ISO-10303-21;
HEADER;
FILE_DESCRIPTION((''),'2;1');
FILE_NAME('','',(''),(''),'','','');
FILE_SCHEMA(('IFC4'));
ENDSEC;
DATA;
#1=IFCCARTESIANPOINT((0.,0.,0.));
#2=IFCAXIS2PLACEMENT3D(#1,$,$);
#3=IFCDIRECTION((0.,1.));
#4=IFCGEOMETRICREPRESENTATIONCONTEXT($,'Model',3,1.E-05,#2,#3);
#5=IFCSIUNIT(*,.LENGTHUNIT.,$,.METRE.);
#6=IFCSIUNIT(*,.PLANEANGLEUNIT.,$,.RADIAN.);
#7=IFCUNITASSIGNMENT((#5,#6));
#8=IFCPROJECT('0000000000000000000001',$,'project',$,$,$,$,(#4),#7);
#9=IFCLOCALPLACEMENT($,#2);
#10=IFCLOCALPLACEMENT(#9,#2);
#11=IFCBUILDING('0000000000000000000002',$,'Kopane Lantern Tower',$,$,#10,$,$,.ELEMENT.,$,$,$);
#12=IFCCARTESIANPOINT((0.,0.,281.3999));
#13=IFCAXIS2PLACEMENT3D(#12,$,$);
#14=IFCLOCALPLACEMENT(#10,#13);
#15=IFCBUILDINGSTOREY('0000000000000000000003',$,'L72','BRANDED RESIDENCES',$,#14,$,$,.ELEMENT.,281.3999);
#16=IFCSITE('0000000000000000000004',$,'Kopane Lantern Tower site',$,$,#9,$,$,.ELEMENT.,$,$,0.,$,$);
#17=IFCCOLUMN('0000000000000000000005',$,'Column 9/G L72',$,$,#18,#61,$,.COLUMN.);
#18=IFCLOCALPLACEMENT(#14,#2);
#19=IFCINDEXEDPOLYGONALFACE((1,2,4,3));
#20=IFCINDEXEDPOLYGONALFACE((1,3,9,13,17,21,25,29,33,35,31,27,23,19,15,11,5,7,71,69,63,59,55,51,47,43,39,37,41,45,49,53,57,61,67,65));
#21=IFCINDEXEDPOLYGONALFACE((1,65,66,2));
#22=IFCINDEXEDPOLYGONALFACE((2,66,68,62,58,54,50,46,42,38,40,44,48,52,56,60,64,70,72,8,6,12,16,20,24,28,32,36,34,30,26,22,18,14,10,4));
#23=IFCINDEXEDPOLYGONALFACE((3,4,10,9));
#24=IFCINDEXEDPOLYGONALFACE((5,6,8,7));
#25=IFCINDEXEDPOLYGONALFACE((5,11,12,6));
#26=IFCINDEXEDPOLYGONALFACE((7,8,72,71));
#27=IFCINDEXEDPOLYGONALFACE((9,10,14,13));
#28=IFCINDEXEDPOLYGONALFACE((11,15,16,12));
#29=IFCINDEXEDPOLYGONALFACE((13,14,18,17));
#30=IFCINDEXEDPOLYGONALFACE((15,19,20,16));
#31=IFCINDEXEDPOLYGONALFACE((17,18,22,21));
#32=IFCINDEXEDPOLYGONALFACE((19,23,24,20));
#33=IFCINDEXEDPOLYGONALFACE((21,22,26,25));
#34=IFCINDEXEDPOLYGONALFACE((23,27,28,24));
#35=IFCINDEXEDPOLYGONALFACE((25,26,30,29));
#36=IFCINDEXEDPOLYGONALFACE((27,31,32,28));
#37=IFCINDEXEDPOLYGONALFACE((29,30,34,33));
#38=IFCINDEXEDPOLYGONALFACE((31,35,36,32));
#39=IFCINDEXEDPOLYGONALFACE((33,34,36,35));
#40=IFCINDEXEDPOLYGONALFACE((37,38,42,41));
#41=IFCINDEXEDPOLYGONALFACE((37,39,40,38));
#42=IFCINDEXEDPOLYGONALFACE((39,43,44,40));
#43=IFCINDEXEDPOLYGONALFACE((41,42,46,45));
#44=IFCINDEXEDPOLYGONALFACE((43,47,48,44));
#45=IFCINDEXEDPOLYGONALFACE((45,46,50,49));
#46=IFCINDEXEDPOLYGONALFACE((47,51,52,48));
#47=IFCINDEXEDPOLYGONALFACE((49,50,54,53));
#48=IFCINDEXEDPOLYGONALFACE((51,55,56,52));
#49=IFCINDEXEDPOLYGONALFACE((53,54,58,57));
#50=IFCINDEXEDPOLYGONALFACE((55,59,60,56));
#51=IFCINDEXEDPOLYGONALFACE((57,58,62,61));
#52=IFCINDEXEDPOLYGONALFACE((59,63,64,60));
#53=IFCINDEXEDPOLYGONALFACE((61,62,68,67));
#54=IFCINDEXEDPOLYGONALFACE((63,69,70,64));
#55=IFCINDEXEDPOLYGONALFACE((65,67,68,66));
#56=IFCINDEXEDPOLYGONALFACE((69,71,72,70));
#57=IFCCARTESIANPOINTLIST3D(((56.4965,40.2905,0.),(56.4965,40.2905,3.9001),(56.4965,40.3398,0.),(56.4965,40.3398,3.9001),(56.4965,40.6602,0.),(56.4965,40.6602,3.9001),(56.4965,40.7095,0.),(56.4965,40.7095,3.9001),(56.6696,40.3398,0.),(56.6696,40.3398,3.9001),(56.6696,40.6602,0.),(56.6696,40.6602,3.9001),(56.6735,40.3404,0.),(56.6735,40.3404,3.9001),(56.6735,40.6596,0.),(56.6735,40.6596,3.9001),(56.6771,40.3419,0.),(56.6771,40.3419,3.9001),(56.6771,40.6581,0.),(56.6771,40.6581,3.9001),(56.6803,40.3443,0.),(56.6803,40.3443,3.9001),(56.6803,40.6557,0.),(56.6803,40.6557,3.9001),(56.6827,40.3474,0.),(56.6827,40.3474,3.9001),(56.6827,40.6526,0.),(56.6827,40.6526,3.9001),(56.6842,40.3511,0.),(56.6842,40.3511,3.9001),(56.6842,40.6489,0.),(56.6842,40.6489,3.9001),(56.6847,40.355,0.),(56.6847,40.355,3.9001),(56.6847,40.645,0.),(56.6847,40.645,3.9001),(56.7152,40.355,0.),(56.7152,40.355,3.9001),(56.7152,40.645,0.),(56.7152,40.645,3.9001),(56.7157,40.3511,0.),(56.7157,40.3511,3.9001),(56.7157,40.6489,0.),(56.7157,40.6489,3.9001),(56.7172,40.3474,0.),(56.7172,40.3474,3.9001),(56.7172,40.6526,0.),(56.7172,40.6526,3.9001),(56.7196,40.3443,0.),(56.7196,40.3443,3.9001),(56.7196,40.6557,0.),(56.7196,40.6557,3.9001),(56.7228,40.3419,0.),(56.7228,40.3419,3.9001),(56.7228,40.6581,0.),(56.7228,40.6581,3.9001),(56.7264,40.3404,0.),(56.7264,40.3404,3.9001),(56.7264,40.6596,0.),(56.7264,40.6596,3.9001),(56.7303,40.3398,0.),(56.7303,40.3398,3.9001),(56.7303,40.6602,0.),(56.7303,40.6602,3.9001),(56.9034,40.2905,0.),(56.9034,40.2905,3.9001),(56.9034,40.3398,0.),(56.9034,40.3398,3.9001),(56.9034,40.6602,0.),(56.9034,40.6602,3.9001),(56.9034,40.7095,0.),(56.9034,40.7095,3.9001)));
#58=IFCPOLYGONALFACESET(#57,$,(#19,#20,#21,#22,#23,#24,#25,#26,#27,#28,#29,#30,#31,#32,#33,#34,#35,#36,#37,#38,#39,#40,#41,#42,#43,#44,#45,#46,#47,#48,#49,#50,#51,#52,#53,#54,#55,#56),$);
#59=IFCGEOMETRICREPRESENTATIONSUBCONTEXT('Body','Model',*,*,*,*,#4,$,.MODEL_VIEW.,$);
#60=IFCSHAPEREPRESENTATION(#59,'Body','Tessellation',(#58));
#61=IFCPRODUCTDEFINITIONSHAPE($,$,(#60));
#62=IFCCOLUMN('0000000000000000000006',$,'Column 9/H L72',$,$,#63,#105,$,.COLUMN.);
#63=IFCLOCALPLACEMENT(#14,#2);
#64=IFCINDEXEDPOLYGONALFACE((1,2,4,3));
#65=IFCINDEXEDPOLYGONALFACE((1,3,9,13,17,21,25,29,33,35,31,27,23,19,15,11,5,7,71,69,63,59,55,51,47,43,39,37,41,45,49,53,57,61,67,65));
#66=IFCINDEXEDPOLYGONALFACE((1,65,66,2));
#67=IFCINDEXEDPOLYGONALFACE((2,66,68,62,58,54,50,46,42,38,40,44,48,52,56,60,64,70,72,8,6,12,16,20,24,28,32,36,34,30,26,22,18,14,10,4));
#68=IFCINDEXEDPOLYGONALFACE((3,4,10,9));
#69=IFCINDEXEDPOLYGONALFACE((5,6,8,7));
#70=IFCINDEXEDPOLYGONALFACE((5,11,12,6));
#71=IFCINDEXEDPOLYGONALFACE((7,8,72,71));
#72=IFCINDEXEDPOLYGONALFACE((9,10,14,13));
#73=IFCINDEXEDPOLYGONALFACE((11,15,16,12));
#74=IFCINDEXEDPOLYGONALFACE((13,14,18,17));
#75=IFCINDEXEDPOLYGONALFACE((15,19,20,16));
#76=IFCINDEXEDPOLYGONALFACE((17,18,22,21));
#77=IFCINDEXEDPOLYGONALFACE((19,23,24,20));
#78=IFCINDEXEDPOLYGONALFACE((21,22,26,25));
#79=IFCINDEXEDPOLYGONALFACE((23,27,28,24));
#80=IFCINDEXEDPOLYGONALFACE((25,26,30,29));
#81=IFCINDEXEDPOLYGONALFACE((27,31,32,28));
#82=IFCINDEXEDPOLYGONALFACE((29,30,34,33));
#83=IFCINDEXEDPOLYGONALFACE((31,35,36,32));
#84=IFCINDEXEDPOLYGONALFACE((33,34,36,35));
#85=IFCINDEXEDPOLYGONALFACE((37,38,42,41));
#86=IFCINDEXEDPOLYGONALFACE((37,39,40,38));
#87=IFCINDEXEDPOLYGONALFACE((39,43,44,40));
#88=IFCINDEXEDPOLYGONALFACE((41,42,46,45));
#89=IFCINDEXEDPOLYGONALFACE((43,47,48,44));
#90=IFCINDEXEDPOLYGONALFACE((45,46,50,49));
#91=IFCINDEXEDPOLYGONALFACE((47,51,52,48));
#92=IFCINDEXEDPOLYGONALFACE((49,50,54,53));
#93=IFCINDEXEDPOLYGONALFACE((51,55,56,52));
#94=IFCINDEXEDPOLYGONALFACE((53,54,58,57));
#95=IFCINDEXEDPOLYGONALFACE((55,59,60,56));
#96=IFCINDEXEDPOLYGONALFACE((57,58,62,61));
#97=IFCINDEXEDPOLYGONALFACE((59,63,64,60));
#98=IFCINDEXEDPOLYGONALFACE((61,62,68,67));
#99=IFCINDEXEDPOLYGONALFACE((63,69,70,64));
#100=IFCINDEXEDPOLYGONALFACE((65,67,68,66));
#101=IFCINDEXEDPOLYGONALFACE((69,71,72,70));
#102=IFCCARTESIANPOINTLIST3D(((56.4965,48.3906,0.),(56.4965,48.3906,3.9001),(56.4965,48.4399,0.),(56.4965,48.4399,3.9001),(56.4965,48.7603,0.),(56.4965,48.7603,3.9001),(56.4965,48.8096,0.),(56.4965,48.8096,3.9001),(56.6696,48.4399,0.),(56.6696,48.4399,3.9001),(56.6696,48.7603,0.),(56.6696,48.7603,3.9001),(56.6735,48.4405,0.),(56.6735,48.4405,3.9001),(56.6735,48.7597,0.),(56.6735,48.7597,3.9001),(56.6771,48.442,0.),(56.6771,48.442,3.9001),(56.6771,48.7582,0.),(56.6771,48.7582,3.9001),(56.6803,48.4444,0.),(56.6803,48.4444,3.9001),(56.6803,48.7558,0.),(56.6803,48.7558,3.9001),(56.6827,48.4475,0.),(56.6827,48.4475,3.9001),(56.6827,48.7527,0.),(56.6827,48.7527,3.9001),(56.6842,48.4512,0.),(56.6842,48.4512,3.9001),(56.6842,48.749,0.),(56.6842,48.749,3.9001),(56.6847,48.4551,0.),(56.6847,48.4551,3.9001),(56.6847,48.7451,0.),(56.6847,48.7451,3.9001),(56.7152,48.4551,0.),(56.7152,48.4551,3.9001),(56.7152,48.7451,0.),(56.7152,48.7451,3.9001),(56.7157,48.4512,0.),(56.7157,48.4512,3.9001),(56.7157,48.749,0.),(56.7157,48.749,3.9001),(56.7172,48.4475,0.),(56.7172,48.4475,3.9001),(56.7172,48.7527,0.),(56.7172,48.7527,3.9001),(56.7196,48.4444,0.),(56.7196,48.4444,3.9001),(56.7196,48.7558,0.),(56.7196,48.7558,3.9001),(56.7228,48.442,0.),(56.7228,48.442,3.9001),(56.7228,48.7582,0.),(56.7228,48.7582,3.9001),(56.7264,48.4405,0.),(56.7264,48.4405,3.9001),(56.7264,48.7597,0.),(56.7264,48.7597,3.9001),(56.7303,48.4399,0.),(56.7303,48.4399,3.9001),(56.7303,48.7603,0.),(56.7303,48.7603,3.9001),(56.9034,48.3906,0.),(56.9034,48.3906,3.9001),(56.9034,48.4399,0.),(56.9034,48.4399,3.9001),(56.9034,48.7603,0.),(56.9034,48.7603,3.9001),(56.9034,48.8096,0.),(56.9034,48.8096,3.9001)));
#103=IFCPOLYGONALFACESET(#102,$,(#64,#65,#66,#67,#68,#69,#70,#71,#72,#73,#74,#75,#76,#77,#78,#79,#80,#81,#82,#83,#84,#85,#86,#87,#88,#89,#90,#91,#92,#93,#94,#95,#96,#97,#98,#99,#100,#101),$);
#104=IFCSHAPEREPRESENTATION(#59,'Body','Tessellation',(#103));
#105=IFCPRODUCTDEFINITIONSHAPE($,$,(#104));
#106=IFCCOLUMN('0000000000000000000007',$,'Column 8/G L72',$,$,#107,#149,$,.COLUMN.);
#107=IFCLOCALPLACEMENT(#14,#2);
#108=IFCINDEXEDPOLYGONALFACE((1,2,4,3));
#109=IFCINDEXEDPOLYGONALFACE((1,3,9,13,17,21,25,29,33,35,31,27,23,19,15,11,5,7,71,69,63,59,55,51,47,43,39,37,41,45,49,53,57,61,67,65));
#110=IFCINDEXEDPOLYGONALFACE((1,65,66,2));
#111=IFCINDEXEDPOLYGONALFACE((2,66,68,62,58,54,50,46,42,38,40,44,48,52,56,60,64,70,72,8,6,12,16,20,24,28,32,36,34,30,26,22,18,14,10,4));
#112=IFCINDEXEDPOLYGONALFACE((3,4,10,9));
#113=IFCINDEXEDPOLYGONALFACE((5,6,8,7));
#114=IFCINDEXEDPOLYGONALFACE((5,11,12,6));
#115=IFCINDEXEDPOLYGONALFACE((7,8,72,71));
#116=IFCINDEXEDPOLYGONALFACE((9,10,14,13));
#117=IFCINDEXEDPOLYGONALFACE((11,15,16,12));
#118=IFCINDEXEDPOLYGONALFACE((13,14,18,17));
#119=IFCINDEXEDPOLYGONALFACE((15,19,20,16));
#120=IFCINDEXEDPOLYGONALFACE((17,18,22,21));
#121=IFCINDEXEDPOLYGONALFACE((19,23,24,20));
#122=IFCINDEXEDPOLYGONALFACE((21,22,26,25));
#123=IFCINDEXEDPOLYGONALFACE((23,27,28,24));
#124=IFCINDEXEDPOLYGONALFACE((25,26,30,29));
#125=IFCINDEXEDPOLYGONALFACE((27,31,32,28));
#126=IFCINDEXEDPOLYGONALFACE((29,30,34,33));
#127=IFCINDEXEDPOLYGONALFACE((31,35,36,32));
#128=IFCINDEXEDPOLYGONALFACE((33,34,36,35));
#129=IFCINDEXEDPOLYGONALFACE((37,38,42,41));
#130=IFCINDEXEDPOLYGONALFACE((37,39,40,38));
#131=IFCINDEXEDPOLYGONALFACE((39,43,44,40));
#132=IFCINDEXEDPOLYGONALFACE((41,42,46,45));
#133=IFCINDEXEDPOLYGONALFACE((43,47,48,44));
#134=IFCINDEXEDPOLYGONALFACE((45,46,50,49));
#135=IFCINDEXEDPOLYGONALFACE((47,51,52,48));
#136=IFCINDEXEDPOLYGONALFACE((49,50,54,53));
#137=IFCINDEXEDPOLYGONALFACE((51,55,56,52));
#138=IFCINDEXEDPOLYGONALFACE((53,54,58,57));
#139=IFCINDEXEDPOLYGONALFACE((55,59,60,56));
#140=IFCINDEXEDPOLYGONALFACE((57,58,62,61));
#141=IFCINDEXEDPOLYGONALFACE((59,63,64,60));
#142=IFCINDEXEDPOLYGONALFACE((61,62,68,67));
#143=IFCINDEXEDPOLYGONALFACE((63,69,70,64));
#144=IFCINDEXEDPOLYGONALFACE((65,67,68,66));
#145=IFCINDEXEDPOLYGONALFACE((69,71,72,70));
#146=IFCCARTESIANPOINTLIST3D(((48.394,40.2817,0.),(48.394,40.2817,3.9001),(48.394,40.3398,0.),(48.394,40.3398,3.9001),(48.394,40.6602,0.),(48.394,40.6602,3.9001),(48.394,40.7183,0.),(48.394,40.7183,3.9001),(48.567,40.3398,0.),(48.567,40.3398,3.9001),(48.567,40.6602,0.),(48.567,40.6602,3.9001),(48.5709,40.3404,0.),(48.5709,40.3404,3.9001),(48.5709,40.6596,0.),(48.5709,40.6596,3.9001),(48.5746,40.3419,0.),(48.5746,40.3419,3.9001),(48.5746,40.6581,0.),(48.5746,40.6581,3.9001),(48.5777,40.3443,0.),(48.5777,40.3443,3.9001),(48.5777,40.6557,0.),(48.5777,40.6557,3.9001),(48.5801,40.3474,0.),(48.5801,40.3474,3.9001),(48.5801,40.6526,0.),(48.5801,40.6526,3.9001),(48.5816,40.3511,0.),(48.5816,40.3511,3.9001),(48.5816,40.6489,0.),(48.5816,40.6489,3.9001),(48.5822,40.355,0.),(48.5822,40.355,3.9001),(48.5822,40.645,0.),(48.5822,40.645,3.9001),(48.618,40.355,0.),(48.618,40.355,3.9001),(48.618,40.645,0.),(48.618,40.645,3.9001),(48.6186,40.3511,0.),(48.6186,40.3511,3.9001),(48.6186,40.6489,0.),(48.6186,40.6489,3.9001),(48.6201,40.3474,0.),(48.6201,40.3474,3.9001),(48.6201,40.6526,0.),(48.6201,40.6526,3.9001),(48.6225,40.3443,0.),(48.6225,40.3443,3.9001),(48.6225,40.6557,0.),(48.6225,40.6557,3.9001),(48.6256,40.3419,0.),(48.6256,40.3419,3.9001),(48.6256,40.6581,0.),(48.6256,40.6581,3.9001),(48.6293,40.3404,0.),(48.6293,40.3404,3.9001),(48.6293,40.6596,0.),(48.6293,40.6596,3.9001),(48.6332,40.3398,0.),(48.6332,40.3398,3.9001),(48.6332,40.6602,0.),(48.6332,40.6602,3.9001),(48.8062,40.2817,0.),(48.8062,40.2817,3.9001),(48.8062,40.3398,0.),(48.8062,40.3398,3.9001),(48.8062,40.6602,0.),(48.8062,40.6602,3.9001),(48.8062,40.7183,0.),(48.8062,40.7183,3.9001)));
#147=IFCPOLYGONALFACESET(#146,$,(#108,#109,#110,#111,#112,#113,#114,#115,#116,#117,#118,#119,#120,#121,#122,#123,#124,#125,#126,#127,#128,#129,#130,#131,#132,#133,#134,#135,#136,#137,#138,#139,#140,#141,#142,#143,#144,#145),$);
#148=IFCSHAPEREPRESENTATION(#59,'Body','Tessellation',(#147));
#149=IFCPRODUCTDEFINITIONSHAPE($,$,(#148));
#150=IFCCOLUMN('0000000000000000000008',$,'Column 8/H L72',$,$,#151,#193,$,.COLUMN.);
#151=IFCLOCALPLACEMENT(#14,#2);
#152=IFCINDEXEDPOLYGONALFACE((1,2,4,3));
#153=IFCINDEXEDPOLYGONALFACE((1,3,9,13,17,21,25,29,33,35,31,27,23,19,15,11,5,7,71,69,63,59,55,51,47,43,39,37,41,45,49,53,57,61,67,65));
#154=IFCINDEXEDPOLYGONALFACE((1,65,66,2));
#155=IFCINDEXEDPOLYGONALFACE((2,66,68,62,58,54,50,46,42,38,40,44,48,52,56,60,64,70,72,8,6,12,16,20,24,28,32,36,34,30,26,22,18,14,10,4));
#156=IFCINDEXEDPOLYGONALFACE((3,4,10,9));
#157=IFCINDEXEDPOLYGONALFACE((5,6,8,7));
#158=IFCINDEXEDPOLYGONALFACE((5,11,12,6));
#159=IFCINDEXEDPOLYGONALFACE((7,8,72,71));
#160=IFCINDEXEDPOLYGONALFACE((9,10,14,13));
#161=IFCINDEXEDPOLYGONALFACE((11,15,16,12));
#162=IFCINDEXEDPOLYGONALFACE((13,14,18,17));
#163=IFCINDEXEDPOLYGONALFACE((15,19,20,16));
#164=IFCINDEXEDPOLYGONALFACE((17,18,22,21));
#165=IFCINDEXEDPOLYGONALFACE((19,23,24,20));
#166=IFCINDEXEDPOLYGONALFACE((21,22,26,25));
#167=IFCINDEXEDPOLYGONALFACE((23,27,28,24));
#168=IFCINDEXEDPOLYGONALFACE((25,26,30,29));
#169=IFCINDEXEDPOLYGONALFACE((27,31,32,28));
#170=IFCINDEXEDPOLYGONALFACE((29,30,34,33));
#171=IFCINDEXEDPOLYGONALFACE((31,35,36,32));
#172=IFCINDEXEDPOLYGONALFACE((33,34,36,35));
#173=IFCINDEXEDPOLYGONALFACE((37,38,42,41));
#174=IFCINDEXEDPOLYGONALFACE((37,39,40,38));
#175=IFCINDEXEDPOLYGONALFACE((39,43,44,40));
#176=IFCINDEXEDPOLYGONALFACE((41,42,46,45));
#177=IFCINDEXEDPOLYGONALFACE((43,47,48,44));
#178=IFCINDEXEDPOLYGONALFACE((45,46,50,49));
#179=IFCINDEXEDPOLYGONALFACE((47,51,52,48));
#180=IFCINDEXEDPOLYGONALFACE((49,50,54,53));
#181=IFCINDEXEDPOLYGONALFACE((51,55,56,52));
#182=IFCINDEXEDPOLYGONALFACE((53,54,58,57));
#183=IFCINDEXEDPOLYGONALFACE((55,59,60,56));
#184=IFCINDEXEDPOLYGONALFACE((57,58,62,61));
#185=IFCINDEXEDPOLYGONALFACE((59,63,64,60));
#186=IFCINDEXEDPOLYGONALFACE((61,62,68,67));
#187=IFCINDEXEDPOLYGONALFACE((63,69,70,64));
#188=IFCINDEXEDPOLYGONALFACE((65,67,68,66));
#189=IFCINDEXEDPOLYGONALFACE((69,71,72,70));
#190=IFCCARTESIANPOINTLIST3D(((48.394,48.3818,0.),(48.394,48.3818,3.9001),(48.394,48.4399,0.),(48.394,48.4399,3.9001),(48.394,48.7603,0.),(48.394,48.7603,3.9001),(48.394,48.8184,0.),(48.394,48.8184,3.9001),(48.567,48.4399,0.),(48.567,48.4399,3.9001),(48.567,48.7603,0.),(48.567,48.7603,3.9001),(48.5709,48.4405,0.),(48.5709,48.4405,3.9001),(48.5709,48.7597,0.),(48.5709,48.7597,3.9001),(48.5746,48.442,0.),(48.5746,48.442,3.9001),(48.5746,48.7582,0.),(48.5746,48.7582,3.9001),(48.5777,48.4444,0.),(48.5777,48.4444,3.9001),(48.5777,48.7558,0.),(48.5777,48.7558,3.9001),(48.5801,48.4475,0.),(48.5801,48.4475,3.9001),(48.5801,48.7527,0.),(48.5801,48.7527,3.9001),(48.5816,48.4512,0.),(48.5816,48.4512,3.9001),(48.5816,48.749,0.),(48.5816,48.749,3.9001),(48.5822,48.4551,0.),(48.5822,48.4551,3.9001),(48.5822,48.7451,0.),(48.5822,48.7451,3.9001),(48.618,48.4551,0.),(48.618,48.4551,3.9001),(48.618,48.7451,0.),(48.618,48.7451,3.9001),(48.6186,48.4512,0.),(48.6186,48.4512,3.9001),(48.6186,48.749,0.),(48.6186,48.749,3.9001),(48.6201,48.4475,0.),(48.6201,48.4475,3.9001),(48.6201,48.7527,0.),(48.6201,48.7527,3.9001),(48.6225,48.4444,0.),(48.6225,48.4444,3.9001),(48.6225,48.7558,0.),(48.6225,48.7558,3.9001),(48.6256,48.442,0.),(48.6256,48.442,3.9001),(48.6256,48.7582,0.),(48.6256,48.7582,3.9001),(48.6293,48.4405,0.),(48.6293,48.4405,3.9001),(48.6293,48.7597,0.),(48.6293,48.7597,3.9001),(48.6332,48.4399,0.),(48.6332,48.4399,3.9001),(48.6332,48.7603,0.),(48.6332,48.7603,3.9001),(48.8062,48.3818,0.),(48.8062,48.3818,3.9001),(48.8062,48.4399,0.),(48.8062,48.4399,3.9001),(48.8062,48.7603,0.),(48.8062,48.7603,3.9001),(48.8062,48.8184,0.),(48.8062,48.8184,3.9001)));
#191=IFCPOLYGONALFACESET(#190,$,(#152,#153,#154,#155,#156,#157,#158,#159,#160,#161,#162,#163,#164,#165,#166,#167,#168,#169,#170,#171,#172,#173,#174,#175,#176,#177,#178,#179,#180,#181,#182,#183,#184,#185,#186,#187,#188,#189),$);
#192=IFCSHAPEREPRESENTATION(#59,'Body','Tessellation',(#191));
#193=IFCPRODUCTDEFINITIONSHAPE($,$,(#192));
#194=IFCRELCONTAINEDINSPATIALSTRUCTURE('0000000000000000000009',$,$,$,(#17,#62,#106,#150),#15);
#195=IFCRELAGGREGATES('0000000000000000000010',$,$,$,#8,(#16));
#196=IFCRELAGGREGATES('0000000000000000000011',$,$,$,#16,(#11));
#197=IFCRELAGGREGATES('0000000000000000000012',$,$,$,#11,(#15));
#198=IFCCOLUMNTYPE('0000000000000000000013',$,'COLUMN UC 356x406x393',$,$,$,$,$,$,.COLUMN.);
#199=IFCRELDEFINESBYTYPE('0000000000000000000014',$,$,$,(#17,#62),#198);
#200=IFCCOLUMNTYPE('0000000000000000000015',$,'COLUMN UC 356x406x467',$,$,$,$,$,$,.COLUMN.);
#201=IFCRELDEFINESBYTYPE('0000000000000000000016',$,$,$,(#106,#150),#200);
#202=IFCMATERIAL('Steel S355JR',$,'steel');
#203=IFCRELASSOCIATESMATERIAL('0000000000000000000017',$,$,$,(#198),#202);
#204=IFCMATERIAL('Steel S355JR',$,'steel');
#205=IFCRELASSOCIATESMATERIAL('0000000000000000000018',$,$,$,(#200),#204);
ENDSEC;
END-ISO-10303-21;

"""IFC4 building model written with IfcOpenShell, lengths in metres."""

from ifc_helpers import new_model, si_unit, direction, frame, origin, origin_2d, place, context, subcontext, project, spatial, i_section, extrude, material, material_profile, profile_set, type_object, element, save


model = new_model("IFC4")

# Units and contexts
model_context = context("Model", 3, precision=1e-05, world=origin(), true_north=direction((0.0, 1.0)))
body_context = subcontext(model_context, "Body", "Model", "MODEL_VIEW")
ifc_project = project(units=[si_unit("LENGTHUNIT", "METRE"), si_unit("PLANEANGLEUNIT", "RADIAN")], contexts=[model_context])

# Site, building, storey
site_placement = place(None, origin())
site = spatial("IfcSite", under=ifc_project, at=site_placement, Name="Kopane Lantern Tower site", CompositionType="ELEMENT", RefElevation=0.0)
building_placement = place(site_placement, origin())
building = spatial("IfcBuilding", under=site, at=building_placement, Name="Kopane Lantern Tower", CompositionType="ELEMENT")
storey_placement = place(building_placement, frame((0.0, 0.0, 281.3999)))
storey = spatial("IfcBuildingStorey", under=building, at=storey_placement, Name="L72", Description="BRANDED RESIDENCES", CompositionType="ELEMENT", Elevation=281.3999)

# Columns
ifc_material_1 = material(Name="Steel S355JR", Category="steel")
ifc_material_profile_1 = material_profile(ifc_material_1, i_section(OverallWidth=0.407, OverallDepth=0.4189, WebThickness=0.0305, FlangeThickness=0.0493, FilletRadius=0.0151, at=origin_2d()), Name="UC 356x406x393")
ifc_profile_set_1 = profile_set([ifc_material_profile_1], Name="Steel S355JR")
column_type_1 = type_object("IfcColumnType", Name="COLUMN UC 356x406x393", PredefinedType="COLUMN", material=ifc_profile_set_1)
for number, where, z_axis, x_axis, name in (
    (1, (56.7, 40.5, 0.0), (0.0, 0.0, 1.0), (1.0, 0.0, 0.0), "Column 9/G L72"),
    (2, (56.7, 48.6001, 0.0), (0.0, 0.0, 1.0), (1.0, 0.0, 0.0), "Column 9/H L72"),
):
    element("IfcColumn", number, at=place(storey_placement, frame(where, z_axis=z_axis, x_axis=x_axis)), inside=storey, type_object=column_type_1, Name=name, PredefinedType="COLUMN", context=body_context, shape_type="SweptSolid", body=[
        extrude(i_section(OverallWidth=0.407, OverallDepth=0.4189, WebThickness=0.0305, FlangeThickness=0.0493, FilletRadius=0.0151, at=origin_2d()), origin(), (0.0, 0.0, 1.0), 3.9001),
    ])
ifc_material_2 = material(Name="Steel S355JR", Category="steel")
ifc_material_profile_2 = material_profile(ifc_material_2, i_section(OverallWidth=0.4121, OverallDepth=0.4365, WebThickness=0.0359, FlangeThickness=0.0581, FilletRadius=0.0151, at=origin_2d()), Name="UC 356x406x467")
ifc_profile_set_2 = profile_set([ifc_material_profile_2], Name="Steel S355JR")
column_type_2 = type_object("IfcColumnType", Name="COLUMN UC 356x406x467", PredefinedType="COLUMN", material=ifc_profile_set_2)
for number, where, z_axis, x_axis, name in (
    (3, (48.6001, 40.5, 0.0), (0.0, 0.0, 1.0), (1.0, 0.0, 0.0), "Column 8/G L72"),
    (4, (48.6001, 48.6001, 0.0), (0.0, 0.0, 1.0), (1.0, 0.0, 0.0), "Column 8/H L72"),
):
    element("IfcColumn", number, at=place(storey_placement, frame(where, z_axis=z_axis, x_axis=x_axis)), inside=storey, type_object=column_type_2, Name=name, PredefinedType="COLUMN", context=body_context, shape_type="SweptSolid", body=[
        extrude(i_section(OverallWidth=0.4121, OverallDepth=0.4365, WebThickness=0.0359, FlangeThickness=0.0581, FilletRadius=0.0151, at=origin_2d()), origin(), (0.0, 0.0, 1.0), 3.9001),
    ])

save(model, "model.ifc")
